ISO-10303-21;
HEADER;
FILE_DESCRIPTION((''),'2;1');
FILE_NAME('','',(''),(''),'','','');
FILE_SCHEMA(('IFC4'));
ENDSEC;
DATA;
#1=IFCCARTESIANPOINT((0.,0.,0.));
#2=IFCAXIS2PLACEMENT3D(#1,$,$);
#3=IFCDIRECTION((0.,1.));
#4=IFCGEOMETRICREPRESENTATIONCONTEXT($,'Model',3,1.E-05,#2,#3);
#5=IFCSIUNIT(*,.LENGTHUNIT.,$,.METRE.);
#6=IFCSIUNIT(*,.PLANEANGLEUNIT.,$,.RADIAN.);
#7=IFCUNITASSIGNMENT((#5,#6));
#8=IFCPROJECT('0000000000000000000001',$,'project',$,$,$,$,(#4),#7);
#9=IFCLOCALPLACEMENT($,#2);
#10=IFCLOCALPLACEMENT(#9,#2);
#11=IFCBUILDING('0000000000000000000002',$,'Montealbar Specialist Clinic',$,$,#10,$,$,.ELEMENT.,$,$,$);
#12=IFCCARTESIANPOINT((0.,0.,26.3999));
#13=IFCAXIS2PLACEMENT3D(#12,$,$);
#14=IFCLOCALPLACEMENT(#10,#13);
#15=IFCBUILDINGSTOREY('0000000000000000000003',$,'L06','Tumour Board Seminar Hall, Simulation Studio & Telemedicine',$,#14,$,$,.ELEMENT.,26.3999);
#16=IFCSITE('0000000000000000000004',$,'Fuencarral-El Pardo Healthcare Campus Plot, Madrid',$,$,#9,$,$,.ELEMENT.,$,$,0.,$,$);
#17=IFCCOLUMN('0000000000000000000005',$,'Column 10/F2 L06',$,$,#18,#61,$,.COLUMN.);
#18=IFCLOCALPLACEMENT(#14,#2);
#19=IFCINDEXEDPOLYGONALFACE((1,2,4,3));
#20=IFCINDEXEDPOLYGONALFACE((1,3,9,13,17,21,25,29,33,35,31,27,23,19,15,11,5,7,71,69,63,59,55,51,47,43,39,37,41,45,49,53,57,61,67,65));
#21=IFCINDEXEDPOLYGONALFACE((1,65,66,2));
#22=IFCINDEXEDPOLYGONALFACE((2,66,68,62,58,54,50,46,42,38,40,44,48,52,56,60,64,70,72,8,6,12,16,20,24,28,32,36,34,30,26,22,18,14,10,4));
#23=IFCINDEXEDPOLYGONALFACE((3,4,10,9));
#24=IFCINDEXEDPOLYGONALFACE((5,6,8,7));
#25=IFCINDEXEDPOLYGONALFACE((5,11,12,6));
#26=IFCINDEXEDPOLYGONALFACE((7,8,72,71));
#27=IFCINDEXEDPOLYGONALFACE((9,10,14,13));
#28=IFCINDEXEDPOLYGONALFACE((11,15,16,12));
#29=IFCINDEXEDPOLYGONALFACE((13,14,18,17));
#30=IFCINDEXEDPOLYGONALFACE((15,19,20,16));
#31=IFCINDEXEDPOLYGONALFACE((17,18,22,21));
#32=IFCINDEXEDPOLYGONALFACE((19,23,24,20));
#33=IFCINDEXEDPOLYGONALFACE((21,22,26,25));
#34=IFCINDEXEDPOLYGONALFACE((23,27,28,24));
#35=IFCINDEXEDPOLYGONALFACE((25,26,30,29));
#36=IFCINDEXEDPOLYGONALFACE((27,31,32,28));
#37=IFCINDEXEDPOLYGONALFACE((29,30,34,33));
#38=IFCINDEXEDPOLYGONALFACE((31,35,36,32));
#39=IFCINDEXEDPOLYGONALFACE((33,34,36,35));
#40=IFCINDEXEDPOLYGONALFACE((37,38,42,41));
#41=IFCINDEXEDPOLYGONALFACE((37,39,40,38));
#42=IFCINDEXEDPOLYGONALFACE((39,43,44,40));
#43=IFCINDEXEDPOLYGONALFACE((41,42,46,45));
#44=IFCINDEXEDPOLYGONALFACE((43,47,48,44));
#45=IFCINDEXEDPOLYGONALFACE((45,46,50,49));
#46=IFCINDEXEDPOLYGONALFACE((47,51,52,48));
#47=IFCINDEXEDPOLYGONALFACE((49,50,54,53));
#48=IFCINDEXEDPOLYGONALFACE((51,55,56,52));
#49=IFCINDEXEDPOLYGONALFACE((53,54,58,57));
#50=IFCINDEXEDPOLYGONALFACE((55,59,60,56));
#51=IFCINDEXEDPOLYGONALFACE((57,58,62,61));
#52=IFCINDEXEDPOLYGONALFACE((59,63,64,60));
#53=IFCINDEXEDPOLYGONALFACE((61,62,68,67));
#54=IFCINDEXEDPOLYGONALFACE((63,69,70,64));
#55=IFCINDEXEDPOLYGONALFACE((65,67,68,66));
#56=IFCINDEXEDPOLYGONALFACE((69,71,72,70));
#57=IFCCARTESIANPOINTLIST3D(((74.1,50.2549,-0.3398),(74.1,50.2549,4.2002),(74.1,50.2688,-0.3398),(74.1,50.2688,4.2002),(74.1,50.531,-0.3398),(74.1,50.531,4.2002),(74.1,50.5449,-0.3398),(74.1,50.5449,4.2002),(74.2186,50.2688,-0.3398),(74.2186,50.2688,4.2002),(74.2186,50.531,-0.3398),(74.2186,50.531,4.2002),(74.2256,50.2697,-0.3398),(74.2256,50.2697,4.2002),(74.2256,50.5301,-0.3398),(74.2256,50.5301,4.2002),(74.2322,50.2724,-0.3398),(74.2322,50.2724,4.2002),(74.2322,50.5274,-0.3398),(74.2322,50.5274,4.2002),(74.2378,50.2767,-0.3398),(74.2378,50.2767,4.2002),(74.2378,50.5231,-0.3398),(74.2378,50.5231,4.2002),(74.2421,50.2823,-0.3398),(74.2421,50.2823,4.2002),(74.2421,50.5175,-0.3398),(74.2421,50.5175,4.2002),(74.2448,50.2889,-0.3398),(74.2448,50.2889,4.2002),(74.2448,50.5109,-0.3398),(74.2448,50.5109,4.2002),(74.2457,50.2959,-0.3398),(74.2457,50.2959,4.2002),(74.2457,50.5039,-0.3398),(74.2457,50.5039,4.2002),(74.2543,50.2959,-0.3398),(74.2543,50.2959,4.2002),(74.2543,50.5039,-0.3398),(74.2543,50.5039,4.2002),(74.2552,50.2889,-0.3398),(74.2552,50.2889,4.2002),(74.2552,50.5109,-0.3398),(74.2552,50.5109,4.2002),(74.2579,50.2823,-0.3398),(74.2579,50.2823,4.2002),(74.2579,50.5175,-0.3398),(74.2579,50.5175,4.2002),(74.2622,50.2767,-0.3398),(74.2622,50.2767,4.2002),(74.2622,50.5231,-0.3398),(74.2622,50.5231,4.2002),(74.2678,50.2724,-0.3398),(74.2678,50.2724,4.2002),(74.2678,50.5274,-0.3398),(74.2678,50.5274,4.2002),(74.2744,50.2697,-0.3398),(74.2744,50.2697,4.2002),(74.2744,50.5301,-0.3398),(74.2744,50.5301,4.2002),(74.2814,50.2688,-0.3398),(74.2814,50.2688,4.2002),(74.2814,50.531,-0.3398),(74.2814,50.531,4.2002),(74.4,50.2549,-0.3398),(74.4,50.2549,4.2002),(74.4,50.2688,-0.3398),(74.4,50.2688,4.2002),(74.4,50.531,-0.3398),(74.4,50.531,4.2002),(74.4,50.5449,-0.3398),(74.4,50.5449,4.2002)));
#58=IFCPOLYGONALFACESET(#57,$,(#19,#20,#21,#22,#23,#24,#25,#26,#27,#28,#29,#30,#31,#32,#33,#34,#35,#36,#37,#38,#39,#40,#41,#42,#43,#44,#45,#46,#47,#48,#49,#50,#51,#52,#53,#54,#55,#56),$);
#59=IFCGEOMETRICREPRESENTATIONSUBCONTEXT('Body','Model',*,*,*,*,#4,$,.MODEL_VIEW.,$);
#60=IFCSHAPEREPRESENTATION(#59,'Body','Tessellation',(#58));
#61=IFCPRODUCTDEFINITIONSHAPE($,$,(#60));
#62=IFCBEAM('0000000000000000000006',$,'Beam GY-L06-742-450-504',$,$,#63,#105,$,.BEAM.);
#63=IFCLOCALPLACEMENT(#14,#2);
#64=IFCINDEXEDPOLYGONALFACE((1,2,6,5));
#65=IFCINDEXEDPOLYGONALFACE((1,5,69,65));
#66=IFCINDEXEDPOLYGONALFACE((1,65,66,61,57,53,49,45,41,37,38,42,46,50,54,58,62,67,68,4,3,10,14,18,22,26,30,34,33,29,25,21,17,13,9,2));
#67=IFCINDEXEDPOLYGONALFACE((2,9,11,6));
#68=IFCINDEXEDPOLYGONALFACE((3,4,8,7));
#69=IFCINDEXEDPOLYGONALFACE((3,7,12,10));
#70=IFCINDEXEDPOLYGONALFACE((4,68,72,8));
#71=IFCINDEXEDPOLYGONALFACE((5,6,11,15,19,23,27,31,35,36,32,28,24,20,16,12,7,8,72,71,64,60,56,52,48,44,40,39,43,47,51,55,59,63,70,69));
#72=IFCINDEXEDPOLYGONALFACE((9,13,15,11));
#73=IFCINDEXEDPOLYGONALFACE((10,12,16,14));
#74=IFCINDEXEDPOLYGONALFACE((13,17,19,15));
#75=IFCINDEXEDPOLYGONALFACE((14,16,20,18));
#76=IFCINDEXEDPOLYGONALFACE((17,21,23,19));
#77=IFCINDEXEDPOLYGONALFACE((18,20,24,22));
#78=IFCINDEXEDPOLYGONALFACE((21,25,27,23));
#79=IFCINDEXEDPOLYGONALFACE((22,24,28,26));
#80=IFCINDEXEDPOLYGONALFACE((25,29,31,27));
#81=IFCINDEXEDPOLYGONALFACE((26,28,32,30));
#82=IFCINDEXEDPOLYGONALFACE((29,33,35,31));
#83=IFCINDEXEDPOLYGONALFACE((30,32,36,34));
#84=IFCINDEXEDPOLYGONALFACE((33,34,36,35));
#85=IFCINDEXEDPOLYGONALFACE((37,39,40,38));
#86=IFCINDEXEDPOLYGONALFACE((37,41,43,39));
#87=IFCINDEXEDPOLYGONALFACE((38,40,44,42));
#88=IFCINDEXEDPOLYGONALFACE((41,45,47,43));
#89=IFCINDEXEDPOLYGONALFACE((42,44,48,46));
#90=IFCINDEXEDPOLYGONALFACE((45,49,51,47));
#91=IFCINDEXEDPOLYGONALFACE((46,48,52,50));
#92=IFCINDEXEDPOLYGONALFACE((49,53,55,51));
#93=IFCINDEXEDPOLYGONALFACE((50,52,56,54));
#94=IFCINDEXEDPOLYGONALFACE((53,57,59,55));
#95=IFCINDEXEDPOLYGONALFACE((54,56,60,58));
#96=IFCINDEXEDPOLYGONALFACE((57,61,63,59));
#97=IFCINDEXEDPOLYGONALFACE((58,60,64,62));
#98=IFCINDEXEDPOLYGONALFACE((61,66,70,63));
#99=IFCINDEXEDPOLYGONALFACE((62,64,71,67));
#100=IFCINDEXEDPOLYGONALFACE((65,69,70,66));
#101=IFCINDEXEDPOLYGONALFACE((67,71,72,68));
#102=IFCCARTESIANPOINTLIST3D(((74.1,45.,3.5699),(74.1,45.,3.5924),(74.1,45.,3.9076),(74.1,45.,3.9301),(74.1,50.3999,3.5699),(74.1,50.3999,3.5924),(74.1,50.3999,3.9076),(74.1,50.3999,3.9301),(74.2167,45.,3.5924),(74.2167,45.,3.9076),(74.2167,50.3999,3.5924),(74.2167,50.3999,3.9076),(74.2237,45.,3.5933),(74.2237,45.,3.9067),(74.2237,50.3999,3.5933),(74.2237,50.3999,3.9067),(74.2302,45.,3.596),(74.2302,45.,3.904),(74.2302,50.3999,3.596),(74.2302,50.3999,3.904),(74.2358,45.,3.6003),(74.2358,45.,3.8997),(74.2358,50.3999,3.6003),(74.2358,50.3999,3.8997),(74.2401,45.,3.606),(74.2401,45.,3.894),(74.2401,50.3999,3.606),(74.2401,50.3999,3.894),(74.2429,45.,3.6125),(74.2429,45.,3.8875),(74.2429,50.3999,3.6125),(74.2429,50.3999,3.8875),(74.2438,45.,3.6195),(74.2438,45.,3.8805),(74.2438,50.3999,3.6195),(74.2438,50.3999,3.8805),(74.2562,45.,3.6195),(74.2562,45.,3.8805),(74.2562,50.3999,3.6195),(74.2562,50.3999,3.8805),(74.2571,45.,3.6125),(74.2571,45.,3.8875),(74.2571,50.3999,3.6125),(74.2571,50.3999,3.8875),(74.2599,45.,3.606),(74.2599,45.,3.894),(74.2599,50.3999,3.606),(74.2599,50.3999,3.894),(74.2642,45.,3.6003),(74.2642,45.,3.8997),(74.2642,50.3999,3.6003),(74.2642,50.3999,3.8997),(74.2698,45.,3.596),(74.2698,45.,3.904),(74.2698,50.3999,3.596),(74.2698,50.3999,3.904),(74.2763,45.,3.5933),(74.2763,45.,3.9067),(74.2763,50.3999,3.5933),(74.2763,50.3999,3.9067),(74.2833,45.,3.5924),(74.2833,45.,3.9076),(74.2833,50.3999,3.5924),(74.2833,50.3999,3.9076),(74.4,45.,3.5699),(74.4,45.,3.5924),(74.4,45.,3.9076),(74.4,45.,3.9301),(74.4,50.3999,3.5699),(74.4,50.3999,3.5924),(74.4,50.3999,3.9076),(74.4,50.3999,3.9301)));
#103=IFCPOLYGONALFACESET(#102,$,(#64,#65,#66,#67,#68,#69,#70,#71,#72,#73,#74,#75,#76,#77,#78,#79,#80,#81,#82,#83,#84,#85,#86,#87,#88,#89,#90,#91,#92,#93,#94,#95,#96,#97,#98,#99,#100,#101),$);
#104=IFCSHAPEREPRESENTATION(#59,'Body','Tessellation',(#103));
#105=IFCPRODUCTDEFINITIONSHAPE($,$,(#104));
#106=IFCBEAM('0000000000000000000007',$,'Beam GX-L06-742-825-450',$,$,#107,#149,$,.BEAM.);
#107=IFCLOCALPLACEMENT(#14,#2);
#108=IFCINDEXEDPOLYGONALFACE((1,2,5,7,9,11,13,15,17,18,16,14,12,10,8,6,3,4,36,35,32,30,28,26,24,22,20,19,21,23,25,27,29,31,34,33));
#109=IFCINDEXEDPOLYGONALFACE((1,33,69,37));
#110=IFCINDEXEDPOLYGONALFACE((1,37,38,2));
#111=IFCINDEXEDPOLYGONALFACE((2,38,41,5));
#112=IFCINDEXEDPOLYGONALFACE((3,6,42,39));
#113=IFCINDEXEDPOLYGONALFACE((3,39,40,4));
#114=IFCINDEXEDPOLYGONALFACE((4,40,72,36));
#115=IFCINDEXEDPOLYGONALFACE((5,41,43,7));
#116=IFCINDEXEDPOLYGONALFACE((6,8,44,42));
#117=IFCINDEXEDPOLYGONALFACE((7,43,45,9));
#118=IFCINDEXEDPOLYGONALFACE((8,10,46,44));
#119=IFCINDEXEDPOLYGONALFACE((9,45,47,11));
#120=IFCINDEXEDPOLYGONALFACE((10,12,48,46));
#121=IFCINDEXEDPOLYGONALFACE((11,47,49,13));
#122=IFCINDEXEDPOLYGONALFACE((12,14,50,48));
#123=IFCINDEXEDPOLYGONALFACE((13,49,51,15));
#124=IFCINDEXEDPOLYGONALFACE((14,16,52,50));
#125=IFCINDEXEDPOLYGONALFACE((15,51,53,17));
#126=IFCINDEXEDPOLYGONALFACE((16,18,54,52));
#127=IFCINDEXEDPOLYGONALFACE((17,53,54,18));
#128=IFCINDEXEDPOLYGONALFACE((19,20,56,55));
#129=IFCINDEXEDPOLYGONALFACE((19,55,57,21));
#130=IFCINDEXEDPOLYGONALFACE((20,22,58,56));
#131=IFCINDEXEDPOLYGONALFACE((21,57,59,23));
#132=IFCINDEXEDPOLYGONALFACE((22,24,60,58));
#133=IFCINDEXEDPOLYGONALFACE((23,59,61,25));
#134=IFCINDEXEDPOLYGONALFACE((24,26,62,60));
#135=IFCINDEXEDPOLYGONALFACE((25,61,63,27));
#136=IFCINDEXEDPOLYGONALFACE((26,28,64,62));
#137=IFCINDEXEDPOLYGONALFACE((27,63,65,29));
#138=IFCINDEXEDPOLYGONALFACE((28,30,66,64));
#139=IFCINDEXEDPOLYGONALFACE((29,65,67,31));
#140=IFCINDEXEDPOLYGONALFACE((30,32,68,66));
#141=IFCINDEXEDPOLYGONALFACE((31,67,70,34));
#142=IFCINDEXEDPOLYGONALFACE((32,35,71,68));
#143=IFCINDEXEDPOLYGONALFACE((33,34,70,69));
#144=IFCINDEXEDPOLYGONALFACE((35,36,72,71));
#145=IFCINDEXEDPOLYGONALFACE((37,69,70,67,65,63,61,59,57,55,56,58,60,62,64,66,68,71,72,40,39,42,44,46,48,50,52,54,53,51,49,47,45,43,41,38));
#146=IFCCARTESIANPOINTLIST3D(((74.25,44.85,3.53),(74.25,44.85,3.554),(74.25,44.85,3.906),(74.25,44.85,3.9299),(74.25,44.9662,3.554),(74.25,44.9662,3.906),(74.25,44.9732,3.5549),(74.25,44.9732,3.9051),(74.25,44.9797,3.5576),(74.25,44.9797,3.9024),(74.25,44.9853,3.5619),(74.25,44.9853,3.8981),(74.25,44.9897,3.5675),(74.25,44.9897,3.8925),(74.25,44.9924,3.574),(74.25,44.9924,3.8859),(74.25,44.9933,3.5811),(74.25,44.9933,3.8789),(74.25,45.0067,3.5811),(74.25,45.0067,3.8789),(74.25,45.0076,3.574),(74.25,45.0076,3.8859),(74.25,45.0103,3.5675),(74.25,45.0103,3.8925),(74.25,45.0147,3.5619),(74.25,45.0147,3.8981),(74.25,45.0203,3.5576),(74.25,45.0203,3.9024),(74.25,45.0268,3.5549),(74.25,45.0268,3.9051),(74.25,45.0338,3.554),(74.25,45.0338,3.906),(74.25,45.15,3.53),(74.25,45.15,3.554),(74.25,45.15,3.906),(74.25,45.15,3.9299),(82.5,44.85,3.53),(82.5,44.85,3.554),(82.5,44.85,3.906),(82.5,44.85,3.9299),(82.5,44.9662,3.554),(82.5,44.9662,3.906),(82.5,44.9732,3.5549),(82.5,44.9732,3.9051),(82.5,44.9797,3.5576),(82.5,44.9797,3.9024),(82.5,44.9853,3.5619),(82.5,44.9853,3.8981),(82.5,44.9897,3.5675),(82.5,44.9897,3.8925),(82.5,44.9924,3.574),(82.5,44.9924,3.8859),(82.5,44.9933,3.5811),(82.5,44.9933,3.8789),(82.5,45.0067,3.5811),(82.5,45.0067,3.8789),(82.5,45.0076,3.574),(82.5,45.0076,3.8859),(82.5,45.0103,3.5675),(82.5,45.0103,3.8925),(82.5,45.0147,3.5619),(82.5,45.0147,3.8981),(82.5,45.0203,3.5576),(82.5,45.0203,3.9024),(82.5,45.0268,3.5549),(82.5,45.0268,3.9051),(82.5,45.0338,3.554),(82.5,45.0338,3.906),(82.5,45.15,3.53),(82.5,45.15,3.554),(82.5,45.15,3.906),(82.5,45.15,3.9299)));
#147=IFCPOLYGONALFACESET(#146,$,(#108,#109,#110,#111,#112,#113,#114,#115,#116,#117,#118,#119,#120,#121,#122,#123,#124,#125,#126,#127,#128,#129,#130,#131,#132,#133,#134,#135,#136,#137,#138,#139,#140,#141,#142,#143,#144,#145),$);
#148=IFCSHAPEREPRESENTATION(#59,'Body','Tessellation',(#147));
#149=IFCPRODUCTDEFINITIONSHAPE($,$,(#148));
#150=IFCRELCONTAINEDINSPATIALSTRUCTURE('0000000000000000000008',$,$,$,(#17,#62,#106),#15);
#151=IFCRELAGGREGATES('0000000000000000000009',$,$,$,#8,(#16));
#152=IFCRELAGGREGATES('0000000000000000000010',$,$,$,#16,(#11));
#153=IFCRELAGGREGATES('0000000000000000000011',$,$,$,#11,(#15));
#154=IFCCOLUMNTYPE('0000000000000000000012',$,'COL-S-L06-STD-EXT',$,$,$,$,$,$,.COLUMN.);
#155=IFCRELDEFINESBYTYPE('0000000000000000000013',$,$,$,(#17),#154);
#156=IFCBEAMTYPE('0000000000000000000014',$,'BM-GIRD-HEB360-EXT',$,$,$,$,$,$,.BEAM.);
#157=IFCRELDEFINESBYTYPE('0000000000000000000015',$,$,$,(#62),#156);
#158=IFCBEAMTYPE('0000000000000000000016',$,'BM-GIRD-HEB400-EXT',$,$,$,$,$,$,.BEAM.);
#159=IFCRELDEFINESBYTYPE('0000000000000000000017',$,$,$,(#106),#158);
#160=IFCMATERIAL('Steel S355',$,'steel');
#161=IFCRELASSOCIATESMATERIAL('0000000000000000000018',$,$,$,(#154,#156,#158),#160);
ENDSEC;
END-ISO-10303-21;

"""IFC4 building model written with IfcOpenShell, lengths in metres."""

from ifc_helpers import new_model, si_unit, direction, frame, origin, origin_2d, place, context, subcontext, project, spatial, i_section, extrude, material, material_profile, profile_set, type_object, element, save


model = new_model("IFC4")

# Units and contexts
model_context = context("Model", 3, precision=1e-05, world=origin(), true_north=direction((0.0, 1.0)))
body_context = subcontext(model_context, "Body", "Model", "MODEL_VIEW")
ifc_project = project(units=[si_unit("LENGTHUNIT", "METRE"), si_unit("PLANEANGLEUNIT", "RADIAN")], contexts=[model_context])

# Site, building, storey
site_placement = place(None, origin())
site = spatial("IfcSite", under=ifc_project, at=site_placement, Name="Fuencarral-El Pardo Healthcare Campus Plot, Madrid", CompositionType="ELEMENT", RefElevation=0.0)
building_placement = place(site_placement, origin())
building = spatial("IfcBuilding", under=site, at=building_placement, Name="Montealbar Specialist Clinic", CompositionType="ELEMENT")
storey_placement = place(building_placement, frame((0.0, 0.0, 26.3999)))
storey = spatial("IfcBuildingStorey", under=building, at=storey_placement, Name="L06", Description="Tumour Board Seminar Hall, Simulation Studio & Telemedicine", CompositionType="ELEMENT", Elevation=26.3999)

# Column
ifc_material_1 = material(Name="Steel S355", Category="steel")
ifc_material_profile_1 = material_profile(ifc_material_1, i_section(OverallWidth=0.3, OverallDepth=0.29, WebThickness=0.0085, FlangeThickness=0.0139, FilletRadius=0.0271, at=origin_2d()), Name="HEA 300", Category="steel")
ifc_profile_set_1 = profile_set([ifc_material_profile_1], Name="Steel S355")
column_type = type_object("IfcColumnType", Name="COL-S-L06-STD-EXT", PredefinedType="COLUMN", material=ifc_profile_set_1)
column_placement = place(storey_placement, frame((74.25, 50.3999, -0.3398), z_axis=(0.0, 0.0, 1.0), x_axis=(1.0, 0.0, 0.0)))
element("IfcColumn", 1, at=column_placement, inside=storey, type_object=column_type, Name="Column 10/F2 L06", PredefinedType="COLUMN", context=body_context, shape_type="SweptSolid", body=[
    extrude(i_section(OverallWidth=0.3, OverallDepth=0.29, WebThickness=0.0085, FlangeThickness=0.0139, FilletRadius=0.0271, at=origin_2d()), origin(), (0.0, 0.0, 1.0), 4.54),
])

# Beams
ifc_material_profile_2 = material_profile(ifc_material_1, i_section(OverallWidth=0.3, OverallDepth=0.3601, WebThickness=0.0125, FlangeThickness=0.0225, FilletRadius=0.0271, at=origin_2d()), Name="HEB 360", Category="steel")
ifc_profile_set_2 = profile_set([ifc_material_profile_2], Name="Steel S355")
beam_type_1 = type_object("IfcBeamType", Name="BM-GIRD-HEB360-EXT", PredefinedType="BEAM", material=ifc_profile_set_2)
beam_1_placement = place(storey_placement, frame((74.25, 45.0, 3.75), z_axis=(0.0, 1.0, 0.0), x_axis=(-1.0, 0.0, 0.0)))
element("IfcBeam", 2, at=beam_1_placement, inside=storey, type_object=beam_type_1, Name="Beam GY-L06-742-450-504", PredefinedType="BEAM", context=body_context, shape_type="SweptSolid", body=[
    extrude(i_section(OverallWidth=0.3, OverallDepth=0.3601, WebThickness=0.0125, FlangeThickness=0.0225, FilletRadius=0.0271, at=origin_2d()), origin(), (0.0, 0.0, 1.0), 5.3999),
])
ifc_material_profile_3 = material_profile(ifc_material_1, i_section(OverallWidth=0.3, OverallDepth=0.3999, WebThickness=0.0134, FlangeThickness=0.0239, FilletRadius=0.0271, at=origin_2d()), Name="HEB 400", Category="steel")
ifc_profile_set_3 = profile_set([ifc_material_profile_3], Name="Steel S355")
beam_type_2 = type_object("IfcBeamType", Name="BM-GIRD-HEB400-EXT", PredefinedType="BEAM", material=ifc_profile_set_3)
beam_2_placement = place(storey_placement, frame((74.25, 45.0, 3.73), z_axis=(1.0, 0.0, 0.0), x_axis=(0.0, 1.0, 0.0)))
element("IfcBeam", 3, at=beam_2_placement, inside=storey, type_object=beam_type_2, Name="Beam GX-L06-742-825-450", PredefinedType="BEAM", context=body_context, shape_type="SweptSolid", body=[
    extrude(i_section(OverallWidth=0.3, OverallDepth=0.3999, WebThickness=0.0134, FlangeThickness=0.0239, FilletRadius=0.0271, at=origin_2d()), origin(), (0.0, 0.0, 1.0), 8.25),
])

save(model, "model.ifc")
